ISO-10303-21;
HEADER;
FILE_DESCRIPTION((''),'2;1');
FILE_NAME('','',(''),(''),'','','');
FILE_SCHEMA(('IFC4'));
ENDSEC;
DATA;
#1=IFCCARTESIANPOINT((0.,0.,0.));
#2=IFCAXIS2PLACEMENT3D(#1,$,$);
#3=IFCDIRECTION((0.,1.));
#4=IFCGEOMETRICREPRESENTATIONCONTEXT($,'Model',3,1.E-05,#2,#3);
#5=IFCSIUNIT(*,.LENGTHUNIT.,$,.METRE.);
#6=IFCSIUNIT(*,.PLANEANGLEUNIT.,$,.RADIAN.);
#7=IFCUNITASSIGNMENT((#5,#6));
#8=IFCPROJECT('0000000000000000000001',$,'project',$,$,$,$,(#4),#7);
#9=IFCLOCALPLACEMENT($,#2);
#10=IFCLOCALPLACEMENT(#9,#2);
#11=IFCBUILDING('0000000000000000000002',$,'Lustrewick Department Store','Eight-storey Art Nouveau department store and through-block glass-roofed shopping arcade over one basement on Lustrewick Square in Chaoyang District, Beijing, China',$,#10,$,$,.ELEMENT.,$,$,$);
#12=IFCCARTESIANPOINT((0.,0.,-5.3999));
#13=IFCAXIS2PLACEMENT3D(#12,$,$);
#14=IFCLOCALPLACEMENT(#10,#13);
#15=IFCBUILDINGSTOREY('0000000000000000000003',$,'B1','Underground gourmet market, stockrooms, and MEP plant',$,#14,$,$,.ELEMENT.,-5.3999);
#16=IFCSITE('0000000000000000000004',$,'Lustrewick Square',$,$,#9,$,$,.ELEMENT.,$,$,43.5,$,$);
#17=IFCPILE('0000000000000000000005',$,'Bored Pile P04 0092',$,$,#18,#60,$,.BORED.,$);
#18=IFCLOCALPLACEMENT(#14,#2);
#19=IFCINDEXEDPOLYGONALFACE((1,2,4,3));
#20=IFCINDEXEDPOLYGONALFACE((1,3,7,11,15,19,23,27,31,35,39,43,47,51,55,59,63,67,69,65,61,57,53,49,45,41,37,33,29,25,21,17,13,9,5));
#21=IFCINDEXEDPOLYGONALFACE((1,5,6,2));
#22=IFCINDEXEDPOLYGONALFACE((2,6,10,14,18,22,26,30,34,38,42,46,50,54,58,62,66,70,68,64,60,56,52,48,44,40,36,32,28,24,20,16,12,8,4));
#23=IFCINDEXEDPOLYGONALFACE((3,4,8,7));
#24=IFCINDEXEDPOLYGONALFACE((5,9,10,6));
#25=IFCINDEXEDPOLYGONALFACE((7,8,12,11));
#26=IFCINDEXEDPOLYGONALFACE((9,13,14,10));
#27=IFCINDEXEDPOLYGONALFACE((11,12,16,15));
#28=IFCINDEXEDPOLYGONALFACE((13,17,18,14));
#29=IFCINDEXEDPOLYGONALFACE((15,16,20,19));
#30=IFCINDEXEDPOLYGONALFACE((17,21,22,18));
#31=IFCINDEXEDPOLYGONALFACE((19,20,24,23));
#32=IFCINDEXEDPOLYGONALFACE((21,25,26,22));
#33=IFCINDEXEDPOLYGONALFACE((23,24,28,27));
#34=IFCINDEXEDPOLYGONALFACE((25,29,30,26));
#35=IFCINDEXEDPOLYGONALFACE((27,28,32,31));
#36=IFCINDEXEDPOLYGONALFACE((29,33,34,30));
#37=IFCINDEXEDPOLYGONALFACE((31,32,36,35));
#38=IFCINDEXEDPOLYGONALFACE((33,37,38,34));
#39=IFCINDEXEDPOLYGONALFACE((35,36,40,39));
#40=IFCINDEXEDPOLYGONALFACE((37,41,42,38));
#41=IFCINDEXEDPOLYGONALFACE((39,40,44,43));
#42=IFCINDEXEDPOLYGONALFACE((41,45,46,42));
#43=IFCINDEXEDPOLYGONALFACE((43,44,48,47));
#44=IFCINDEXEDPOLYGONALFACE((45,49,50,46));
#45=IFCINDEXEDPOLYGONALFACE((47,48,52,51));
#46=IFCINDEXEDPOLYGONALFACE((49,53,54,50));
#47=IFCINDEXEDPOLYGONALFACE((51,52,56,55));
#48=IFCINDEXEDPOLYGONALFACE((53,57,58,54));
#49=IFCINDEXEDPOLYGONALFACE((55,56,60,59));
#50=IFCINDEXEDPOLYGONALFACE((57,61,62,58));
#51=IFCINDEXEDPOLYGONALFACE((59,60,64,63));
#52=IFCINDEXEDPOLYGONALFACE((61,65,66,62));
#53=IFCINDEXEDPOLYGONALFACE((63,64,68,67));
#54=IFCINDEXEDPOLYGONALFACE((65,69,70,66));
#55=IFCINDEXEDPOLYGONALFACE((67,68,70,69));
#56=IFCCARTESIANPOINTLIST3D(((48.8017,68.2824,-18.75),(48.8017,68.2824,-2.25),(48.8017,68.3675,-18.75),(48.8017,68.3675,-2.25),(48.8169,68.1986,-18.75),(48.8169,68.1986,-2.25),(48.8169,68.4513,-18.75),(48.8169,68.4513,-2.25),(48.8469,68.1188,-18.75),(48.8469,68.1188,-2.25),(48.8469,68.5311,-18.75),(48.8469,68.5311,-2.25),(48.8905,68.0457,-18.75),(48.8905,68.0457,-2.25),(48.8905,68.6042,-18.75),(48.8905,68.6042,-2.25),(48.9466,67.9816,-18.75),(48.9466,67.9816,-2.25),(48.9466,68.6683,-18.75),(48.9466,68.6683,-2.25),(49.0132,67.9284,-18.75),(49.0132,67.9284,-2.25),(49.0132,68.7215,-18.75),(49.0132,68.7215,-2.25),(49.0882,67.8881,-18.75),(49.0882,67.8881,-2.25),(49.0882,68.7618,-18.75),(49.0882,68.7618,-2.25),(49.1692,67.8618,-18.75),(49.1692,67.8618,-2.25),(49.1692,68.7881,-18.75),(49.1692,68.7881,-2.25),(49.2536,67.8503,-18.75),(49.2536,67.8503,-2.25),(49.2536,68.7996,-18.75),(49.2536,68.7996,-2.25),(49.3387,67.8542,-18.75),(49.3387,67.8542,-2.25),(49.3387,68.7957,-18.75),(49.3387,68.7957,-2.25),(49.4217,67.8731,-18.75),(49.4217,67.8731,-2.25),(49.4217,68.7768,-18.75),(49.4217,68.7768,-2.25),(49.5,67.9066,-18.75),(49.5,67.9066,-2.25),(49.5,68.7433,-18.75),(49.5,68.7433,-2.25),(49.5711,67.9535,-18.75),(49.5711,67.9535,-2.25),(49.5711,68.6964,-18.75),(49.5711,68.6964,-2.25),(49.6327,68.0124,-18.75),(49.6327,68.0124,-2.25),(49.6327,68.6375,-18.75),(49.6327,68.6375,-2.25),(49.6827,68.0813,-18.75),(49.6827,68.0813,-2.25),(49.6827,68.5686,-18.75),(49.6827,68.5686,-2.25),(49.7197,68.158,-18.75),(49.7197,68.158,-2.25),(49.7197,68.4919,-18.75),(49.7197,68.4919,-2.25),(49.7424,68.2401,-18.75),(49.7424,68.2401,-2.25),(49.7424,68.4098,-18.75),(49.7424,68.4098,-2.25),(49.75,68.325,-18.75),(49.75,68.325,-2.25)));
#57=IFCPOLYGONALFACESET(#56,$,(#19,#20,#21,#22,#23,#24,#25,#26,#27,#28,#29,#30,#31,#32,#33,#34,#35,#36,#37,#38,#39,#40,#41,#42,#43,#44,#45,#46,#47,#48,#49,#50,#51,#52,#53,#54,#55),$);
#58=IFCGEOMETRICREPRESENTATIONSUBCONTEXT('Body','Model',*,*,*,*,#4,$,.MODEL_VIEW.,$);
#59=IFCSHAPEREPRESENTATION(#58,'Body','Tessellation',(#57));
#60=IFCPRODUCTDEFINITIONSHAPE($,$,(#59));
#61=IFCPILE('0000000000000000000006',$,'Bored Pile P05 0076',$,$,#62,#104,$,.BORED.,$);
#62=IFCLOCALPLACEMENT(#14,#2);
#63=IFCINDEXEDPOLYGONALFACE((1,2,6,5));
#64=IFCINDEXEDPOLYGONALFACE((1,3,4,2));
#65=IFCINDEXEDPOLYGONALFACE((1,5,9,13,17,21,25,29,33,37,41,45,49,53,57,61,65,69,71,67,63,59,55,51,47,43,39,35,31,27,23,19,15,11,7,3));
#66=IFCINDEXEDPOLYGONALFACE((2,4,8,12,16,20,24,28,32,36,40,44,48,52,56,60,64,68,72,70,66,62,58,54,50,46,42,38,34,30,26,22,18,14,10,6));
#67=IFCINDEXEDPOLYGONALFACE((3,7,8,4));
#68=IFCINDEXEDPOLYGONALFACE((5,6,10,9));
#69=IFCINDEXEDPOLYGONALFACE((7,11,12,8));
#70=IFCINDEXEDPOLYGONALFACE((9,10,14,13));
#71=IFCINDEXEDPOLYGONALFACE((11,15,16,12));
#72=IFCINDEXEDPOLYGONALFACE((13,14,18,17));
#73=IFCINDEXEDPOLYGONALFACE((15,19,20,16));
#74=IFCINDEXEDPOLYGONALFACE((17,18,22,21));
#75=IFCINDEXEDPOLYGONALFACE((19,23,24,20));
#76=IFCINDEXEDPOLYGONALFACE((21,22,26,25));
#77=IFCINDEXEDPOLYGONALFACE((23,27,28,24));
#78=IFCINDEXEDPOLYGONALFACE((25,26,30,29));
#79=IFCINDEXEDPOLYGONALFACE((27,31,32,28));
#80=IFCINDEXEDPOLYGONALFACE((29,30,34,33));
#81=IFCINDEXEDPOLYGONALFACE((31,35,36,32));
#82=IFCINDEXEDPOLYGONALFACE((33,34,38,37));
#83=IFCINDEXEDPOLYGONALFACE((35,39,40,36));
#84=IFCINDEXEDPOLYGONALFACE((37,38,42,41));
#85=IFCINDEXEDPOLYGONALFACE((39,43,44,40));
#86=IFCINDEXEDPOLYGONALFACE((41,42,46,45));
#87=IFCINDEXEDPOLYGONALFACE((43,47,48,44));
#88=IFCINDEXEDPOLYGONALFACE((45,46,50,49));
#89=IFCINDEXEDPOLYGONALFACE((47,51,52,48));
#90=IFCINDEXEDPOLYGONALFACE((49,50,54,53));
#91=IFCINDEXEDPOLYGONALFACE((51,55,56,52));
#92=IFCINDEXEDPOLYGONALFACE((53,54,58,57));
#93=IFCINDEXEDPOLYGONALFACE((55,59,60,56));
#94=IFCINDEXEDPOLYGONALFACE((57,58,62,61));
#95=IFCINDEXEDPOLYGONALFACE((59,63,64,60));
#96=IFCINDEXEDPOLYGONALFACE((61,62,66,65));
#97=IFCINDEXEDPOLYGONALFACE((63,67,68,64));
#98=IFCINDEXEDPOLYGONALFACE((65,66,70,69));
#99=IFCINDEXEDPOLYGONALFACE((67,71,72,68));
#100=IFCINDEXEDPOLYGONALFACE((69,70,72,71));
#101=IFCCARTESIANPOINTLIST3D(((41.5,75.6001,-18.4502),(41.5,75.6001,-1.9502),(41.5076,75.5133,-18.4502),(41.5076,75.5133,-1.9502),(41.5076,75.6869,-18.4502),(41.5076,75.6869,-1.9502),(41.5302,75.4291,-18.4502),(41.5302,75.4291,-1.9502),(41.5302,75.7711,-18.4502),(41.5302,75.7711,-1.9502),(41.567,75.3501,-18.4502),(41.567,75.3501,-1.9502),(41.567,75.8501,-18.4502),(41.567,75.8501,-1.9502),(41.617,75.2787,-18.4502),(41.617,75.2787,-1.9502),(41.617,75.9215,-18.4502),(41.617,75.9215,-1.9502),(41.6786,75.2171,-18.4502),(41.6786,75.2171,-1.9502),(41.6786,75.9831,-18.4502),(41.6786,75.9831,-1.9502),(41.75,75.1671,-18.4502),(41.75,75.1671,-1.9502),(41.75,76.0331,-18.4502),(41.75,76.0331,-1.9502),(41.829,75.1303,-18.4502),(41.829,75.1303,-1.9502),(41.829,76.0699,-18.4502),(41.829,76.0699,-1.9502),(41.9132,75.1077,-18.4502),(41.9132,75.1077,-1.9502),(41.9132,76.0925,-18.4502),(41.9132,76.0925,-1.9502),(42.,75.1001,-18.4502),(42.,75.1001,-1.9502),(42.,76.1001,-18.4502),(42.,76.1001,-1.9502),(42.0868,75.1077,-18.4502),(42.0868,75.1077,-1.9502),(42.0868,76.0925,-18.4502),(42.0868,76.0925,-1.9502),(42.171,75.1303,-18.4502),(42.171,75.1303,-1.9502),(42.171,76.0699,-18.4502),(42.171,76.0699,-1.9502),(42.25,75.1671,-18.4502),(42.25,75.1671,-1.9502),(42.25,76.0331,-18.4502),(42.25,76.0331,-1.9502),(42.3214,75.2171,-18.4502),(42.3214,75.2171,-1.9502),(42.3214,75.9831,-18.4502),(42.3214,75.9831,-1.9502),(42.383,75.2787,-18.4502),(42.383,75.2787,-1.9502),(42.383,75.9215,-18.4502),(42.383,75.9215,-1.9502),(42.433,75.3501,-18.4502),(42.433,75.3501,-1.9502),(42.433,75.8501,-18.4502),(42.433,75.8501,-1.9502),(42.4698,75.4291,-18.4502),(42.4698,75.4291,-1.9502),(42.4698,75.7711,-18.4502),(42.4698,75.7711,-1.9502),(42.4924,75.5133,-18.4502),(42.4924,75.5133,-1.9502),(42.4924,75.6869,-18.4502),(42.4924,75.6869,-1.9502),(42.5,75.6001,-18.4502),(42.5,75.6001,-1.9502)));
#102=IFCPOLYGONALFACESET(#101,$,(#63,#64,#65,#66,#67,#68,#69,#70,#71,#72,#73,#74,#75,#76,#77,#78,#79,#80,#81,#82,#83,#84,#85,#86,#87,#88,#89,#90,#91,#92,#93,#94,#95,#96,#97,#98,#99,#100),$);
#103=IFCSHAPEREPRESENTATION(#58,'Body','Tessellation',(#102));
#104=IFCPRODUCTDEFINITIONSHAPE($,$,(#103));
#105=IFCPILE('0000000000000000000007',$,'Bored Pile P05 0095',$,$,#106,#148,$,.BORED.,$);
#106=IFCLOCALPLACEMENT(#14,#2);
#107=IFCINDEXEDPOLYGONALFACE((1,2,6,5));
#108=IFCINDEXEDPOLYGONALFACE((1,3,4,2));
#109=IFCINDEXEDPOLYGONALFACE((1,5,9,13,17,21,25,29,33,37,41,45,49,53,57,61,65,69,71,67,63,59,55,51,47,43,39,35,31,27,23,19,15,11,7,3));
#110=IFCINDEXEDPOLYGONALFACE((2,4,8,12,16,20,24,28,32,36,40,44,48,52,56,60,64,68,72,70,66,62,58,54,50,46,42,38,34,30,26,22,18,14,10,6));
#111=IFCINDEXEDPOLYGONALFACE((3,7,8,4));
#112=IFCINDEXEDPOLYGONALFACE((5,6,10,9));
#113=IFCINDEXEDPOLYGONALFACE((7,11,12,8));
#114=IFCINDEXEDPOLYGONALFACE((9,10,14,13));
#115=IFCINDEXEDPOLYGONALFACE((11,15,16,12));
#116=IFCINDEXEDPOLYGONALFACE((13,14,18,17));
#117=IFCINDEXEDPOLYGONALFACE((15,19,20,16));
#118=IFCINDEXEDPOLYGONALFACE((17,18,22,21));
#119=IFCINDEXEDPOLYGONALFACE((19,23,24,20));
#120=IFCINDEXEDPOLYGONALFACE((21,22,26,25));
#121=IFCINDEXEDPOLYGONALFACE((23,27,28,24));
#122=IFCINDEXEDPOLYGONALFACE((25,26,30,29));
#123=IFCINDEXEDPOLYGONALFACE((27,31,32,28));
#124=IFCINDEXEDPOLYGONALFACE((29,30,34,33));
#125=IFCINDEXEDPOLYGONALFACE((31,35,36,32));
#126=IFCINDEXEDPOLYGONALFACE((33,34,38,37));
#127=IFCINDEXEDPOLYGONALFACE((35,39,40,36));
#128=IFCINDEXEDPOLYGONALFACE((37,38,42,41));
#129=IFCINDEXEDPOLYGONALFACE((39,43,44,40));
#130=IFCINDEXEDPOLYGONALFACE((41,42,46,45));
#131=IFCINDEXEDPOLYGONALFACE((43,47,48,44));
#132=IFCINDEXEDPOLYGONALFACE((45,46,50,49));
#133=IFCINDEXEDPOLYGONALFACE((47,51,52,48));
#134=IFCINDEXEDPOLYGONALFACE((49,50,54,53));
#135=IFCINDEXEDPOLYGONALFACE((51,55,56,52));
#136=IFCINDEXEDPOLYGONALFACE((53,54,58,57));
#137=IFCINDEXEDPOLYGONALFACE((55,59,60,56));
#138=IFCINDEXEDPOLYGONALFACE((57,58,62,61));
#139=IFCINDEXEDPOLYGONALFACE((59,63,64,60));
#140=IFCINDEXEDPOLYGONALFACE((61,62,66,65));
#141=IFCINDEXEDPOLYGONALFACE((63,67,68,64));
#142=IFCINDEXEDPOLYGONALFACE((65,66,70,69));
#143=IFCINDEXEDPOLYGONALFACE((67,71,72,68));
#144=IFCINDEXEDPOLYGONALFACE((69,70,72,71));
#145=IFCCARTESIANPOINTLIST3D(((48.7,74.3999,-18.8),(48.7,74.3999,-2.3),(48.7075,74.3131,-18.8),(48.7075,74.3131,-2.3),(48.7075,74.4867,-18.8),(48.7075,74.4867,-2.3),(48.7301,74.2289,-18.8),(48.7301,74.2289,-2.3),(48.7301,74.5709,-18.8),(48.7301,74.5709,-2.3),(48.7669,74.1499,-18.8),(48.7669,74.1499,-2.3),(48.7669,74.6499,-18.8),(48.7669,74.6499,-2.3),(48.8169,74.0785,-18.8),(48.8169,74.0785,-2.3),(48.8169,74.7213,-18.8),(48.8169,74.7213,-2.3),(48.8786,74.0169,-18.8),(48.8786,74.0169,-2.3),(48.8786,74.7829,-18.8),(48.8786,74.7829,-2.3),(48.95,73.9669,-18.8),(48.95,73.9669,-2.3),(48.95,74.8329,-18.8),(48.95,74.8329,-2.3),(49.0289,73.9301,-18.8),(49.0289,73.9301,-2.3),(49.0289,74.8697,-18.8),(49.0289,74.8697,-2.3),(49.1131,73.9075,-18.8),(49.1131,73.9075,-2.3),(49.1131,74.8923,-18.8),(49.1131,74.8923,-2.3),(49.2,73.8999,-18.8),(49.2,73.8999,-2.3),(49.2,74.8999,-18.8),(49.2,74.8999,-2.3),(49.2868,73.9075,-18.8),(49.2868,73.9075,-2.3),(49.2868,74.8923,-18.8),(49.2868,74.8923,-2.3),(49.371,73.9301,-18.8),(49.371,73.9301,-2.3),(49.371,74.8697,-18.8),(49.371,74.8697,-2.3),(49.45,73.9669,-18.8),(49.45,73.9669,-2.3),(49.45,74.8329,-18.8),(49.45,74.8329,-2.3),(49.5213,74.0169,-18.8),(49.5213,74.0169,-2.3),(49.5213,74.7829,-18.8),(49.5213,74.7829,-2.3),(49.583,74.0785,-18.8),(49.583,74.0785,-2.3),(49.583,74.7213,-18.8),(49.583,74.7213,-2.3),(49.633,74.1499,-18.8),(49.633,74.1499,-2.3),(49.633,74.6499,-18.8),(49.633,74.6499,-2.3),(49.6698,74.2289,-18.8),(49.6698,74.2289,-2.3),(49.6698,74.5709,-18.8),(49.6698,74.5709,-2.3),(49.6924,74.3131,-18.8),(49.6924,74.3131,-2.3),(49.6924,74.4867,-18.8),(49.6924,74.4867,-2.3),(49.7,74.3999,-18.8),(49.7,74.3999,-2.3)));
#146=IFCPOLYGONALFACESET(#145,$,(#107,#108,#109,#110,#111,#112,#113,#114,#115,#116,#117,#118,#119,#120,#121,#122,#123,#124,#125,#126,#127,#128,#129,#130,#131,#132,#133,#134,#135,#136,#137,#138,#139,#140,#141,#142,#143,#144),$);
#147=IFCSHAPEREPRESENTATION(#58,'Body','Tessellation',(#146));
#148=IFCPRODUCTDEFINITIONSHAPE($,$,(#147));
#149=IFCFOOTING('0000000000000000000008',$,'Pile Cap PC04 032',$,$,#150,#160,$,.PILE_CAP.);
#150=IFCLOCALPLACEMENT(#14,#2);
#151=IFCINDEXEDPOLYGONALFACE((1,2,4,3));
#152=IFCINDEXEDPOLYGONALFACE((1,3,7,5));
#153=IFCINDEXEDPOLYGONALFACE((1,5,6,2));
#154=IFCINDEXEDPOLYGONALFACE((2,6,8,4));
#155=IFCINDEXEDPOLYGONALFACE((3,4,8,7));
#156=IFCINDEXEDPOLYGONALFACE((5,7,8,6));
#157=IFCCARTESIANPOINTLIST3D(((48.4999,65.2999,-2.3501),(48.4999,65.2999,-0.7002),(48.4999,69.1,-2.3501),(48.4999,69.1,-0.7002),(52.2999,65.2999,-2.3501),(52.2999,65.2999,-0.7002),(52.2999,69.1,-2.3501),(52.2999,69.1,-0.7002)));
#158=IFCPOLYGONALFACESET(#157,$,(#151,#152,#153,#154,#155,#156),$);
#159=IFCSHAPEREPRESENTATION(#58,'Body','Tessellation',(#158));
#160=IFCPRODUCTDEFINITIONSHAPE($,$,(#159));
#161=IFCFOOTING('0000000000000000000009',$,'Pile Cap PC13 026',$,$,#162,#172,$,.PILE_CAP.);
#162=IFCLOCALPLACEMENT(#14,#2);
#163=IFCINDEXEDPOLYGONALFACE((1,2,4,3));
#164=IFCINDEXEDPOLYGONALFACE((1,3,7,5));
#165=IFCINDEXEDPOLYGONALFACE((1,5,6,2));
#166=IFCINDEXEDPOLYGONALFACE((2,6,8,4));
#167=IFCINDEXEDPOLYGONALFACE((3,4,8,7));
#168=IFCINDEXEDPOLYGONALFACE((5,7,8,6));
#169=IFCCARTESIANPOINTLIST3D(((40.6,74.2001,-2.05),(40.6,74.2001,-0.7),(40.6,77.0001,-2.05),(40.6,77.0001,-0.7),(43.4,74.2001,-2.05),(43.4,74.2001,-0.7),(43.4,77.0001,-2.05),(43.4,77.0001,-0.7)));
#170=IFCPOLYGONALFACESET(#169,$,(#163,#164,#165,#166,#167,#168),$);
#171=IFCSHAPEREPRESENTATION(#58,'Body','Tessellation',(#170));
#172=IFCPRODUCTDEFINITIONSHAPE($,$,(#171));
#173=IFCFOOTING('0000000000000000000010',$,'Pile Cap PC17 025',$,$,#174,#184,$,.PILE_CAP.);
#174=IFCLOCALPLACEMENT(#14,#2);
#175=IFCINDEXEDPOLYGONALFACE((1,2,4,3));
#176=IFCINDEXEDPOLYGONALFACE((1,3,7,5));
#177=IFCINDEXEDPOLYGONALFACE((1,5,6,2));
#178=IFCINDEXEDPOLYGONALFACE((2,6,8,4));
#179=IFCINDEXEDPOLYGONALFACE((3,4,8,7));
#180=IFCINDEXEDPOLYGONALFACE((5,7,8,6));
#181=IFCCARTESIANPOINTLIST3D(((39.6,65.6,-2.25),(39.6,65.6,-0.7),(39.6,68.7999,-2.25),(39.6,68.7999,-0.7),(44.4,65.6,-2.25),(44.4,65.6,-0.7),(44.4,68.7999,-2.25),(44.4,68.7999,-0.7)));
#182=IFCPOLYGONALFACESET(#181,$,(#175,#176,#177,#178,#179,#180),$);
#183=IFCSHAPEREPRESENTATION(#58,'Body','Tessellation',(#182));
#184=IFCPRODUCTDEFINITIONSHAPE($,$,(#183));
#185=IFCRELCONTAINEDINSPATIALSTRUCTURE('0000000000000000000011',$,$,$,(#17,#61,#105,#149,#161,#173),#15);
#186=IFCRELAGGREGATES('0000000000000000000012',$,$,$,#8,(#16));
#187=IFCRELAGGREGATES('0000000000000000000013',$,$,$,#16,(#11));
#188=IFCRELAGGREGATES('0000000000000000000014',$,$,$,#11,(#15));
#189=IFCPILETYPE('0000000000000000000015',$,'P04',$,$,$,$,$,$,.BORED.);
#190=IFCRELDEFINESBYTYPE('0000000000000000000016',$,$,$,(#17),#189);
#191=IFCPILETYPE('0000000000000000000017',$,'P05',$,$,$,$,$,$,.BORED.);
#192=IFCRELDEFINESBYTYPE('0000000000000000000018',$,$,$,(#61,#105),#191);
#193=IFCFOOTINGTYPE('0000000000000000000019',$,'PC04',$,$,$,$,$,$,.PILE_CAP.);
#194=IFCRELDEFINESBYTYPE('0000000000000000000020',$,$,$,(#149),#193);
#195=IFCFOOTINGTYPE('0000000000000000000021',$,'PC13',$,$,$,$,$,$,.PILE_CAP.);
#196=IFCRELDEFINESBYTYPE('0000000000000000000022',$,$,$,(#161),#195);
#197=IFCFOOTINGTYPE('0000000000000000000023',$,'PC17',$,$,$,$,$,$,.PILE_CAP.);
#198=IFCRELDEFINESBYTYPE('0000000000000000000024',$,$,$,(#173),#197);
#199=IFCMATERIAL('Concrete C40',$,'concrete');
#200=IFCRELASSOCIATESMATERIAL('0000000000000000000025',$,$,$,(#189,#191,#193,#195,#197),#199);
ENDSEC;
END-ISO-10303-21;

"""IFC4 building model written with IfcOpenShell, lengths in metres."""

from ifc_helpers import new_model, si_unit, direction, frame, origin, origin_2d, place, context, subcontext, project, spatial, rectangle, circle, extrude, material, material_profile, profile_set, type_object, element, save


model = new_model("IFC4")

# Units and contexts
model_context = context("Model", 3, precision=1e-05, world=origin(), true_north=direction((0.0, 1.0)))
body_context = subcontext(model_context, "Body", "Model", "MODEL_VIEW")
ifc_project = project(units=[si_unit("LENGTHUNIT", "METRE"), si_unit("PLANEANGLEUNIT", "RADIAN")], contexts=[model_context])

# Site, building, storey
site_placement = place(None, origin())
site = spatial("IfcSite", under=ifc_project, at=site_placement, Name="Lustrewick Square", CompositionType="ELEMENT", RefElevation=43.5)
building_placement = place(site_placement, origin())
building = spatial("IfcBuilding", under=site, at=building_placement, Name="Lustrewick Department Store", Description="Eight-storey Art Nouveau department store and through-block glass-roofed shopping arcade over one basement on Lustrewick Square in Chaoyang District, Beijing, China", CompositionType="ELEMENT")
storey_placement = place(building_placement, frame((0.0, 0.0, -5.3999)))
storey = spatial("IfcBuildingStorey", under=building, at=storey_placement, Name="B1", Description="Underground gourmet market, stockrooms, and MEP plant", CompositionType="ELEMENT", Elevation=-5.3999)

# Piles
ifc_material_1 = material(Name="Concrete C40", Category="concrete")
ifc_material_profile_1 = material_profile(ifc_material_1, circle(Radius=0.4751, at=origin_2d()), Name="PILE D950")
ifc_profile_set_1 = profile_set([ifc_material_profile_1], Name="Concrete C40")
pile_type_1 = type_object("IfcPileType", Name="P04", PredefinedType="BORED", material=ifc_profile_set_1)
for number, where, z_axis, x_axis, name in (
    (1, (49.2749, 68.325, -2.25), (0.0, 0.0, -1.0), (1.0, 0.0, 0.0), "Bored Pile P04 0092"),
):
    element("IfcPile", number, at=place(storey_placement, frame(where, z_axis=z_axis, x_axis=x_axis)), inside=storey, type_object=pile_type_1, Name=name, PredefinedType="BORED", context=body_context, shape_type="SweptSolid", body=[
        extrude(circle(Radius=0.4751, at=origin_2d()), origin(), (0.0, 0.0, 1.0), 16.5),
    ])
ifc_material_profile_2 = material_profile(ifc_material_1, circle(Radius=0.5, at=origin_2d()), Name="PILE D1000")
ifc_profile_set_2 = profile_set([ifc_material_profile_2], Name="Concrete C40")
pile_type_2 = type_object("IfcPileType", Name="P05", PredefinedType="BORED", material=ifc_profile_set_2)
for number, where, z_axis, x_axis, name in (
    (2, (42.0, 75.6001, -1.9502), (0.0, 0.0, -1.0), (1.0, 0.0, 0.0), "Bored Pile P05 0076"),
    (3, (49.2, 74.3999, -2.3), (0.0, 0.0, -1.0), (1.0, 0.0, 0.0), "Bored Pile P05 0095"),
):
    element("IfcPile", number, at=place(storey_placement, frame(where, z_axis=z_axis, x_axis=x_axis)), inside=storey, type_object=pile_type_2, Name=name, PredefinedType="BORED", context=body_context, shape_type="SweptSolid", body=[
        extrude(circle(Radius=0.5, at=origin_2d()), origin(), (0.0, 0.0, 1.0), 16.5),
    ])

# Footings
footing_type_1 = type_object("IfcFootingType", Name="PC04", PredefinedType="PILE_CAP", material=ifc_material_1)
footing_1_placement = place(storey_placement, frame((50.3999, 67.2, -2.3501), z_axis=(0.0, 0.0, 1.0), x_axis=(1.0, 0.0, 0.0)))
element("IfcFooting", 4, at=footing_1_placement, inside=storey, type_object=footing_type_1, Name="Pile Cap PC04 032", PredefinedType="PILE_CAP", context=body_context, shape_type="SweptSolid", body=[
    extrude(rectangle(XDim=3.8, YDim=3.8, at=origin_2d()), origin(), (0.0, 0.0, 1.0), 1.6499),
])
footing_type_2 = type_object("IfcFootingType", Name="PC13", PredefinedType="PILE_CAP", material=ifc_material_1)
footing_2_placement = place(storey_placement, frame((42.0, 75.6001, -2.05), z_axis=(0.0, 0.0, 1.0), x_axis=(1.0, 0.0, 0.0)))
element("IfcFooting", 5, at=footing_2_placement, inside=storey, type_object=footing_type_2, Name="Pile Cap PC13 026", PredefinedType="PILE_CAP", context=body_context, shape_type="SweptSolid", body=[
    extrude(rectangle(XDim=2.8, YDim=2.8, at=origin_2d()), origin(), (0.0, 0.0, 1.0), 1.3501),
])
footing_type_3 = type_object("IfcFootingType", Name="PC17", PredefinedType="PILE_CAP", material=ifc_material_1)
footing_3_placement = place(storey_placement, frame((42.0, 67.2, -2.25), z_axis=(0.0, 0.0, 1.0), x_axis=(1.0, 0.0, 0.0)))
element("IfcFooting", 6, at=footing_3_placement, inside=storey, type_object=footing_type_3, Name="Pile Cap PC17 025", PredefinedType="PILE_CAP", context=body_context, shape_type="SweptSolid", body=[
    extrude(rectangle(XDim=4.8, YDim=3.2, at=origin_2d()), origin(), (0.0, 0.0, 1.0), 1.55),
])

save(model, "model.ifc")
